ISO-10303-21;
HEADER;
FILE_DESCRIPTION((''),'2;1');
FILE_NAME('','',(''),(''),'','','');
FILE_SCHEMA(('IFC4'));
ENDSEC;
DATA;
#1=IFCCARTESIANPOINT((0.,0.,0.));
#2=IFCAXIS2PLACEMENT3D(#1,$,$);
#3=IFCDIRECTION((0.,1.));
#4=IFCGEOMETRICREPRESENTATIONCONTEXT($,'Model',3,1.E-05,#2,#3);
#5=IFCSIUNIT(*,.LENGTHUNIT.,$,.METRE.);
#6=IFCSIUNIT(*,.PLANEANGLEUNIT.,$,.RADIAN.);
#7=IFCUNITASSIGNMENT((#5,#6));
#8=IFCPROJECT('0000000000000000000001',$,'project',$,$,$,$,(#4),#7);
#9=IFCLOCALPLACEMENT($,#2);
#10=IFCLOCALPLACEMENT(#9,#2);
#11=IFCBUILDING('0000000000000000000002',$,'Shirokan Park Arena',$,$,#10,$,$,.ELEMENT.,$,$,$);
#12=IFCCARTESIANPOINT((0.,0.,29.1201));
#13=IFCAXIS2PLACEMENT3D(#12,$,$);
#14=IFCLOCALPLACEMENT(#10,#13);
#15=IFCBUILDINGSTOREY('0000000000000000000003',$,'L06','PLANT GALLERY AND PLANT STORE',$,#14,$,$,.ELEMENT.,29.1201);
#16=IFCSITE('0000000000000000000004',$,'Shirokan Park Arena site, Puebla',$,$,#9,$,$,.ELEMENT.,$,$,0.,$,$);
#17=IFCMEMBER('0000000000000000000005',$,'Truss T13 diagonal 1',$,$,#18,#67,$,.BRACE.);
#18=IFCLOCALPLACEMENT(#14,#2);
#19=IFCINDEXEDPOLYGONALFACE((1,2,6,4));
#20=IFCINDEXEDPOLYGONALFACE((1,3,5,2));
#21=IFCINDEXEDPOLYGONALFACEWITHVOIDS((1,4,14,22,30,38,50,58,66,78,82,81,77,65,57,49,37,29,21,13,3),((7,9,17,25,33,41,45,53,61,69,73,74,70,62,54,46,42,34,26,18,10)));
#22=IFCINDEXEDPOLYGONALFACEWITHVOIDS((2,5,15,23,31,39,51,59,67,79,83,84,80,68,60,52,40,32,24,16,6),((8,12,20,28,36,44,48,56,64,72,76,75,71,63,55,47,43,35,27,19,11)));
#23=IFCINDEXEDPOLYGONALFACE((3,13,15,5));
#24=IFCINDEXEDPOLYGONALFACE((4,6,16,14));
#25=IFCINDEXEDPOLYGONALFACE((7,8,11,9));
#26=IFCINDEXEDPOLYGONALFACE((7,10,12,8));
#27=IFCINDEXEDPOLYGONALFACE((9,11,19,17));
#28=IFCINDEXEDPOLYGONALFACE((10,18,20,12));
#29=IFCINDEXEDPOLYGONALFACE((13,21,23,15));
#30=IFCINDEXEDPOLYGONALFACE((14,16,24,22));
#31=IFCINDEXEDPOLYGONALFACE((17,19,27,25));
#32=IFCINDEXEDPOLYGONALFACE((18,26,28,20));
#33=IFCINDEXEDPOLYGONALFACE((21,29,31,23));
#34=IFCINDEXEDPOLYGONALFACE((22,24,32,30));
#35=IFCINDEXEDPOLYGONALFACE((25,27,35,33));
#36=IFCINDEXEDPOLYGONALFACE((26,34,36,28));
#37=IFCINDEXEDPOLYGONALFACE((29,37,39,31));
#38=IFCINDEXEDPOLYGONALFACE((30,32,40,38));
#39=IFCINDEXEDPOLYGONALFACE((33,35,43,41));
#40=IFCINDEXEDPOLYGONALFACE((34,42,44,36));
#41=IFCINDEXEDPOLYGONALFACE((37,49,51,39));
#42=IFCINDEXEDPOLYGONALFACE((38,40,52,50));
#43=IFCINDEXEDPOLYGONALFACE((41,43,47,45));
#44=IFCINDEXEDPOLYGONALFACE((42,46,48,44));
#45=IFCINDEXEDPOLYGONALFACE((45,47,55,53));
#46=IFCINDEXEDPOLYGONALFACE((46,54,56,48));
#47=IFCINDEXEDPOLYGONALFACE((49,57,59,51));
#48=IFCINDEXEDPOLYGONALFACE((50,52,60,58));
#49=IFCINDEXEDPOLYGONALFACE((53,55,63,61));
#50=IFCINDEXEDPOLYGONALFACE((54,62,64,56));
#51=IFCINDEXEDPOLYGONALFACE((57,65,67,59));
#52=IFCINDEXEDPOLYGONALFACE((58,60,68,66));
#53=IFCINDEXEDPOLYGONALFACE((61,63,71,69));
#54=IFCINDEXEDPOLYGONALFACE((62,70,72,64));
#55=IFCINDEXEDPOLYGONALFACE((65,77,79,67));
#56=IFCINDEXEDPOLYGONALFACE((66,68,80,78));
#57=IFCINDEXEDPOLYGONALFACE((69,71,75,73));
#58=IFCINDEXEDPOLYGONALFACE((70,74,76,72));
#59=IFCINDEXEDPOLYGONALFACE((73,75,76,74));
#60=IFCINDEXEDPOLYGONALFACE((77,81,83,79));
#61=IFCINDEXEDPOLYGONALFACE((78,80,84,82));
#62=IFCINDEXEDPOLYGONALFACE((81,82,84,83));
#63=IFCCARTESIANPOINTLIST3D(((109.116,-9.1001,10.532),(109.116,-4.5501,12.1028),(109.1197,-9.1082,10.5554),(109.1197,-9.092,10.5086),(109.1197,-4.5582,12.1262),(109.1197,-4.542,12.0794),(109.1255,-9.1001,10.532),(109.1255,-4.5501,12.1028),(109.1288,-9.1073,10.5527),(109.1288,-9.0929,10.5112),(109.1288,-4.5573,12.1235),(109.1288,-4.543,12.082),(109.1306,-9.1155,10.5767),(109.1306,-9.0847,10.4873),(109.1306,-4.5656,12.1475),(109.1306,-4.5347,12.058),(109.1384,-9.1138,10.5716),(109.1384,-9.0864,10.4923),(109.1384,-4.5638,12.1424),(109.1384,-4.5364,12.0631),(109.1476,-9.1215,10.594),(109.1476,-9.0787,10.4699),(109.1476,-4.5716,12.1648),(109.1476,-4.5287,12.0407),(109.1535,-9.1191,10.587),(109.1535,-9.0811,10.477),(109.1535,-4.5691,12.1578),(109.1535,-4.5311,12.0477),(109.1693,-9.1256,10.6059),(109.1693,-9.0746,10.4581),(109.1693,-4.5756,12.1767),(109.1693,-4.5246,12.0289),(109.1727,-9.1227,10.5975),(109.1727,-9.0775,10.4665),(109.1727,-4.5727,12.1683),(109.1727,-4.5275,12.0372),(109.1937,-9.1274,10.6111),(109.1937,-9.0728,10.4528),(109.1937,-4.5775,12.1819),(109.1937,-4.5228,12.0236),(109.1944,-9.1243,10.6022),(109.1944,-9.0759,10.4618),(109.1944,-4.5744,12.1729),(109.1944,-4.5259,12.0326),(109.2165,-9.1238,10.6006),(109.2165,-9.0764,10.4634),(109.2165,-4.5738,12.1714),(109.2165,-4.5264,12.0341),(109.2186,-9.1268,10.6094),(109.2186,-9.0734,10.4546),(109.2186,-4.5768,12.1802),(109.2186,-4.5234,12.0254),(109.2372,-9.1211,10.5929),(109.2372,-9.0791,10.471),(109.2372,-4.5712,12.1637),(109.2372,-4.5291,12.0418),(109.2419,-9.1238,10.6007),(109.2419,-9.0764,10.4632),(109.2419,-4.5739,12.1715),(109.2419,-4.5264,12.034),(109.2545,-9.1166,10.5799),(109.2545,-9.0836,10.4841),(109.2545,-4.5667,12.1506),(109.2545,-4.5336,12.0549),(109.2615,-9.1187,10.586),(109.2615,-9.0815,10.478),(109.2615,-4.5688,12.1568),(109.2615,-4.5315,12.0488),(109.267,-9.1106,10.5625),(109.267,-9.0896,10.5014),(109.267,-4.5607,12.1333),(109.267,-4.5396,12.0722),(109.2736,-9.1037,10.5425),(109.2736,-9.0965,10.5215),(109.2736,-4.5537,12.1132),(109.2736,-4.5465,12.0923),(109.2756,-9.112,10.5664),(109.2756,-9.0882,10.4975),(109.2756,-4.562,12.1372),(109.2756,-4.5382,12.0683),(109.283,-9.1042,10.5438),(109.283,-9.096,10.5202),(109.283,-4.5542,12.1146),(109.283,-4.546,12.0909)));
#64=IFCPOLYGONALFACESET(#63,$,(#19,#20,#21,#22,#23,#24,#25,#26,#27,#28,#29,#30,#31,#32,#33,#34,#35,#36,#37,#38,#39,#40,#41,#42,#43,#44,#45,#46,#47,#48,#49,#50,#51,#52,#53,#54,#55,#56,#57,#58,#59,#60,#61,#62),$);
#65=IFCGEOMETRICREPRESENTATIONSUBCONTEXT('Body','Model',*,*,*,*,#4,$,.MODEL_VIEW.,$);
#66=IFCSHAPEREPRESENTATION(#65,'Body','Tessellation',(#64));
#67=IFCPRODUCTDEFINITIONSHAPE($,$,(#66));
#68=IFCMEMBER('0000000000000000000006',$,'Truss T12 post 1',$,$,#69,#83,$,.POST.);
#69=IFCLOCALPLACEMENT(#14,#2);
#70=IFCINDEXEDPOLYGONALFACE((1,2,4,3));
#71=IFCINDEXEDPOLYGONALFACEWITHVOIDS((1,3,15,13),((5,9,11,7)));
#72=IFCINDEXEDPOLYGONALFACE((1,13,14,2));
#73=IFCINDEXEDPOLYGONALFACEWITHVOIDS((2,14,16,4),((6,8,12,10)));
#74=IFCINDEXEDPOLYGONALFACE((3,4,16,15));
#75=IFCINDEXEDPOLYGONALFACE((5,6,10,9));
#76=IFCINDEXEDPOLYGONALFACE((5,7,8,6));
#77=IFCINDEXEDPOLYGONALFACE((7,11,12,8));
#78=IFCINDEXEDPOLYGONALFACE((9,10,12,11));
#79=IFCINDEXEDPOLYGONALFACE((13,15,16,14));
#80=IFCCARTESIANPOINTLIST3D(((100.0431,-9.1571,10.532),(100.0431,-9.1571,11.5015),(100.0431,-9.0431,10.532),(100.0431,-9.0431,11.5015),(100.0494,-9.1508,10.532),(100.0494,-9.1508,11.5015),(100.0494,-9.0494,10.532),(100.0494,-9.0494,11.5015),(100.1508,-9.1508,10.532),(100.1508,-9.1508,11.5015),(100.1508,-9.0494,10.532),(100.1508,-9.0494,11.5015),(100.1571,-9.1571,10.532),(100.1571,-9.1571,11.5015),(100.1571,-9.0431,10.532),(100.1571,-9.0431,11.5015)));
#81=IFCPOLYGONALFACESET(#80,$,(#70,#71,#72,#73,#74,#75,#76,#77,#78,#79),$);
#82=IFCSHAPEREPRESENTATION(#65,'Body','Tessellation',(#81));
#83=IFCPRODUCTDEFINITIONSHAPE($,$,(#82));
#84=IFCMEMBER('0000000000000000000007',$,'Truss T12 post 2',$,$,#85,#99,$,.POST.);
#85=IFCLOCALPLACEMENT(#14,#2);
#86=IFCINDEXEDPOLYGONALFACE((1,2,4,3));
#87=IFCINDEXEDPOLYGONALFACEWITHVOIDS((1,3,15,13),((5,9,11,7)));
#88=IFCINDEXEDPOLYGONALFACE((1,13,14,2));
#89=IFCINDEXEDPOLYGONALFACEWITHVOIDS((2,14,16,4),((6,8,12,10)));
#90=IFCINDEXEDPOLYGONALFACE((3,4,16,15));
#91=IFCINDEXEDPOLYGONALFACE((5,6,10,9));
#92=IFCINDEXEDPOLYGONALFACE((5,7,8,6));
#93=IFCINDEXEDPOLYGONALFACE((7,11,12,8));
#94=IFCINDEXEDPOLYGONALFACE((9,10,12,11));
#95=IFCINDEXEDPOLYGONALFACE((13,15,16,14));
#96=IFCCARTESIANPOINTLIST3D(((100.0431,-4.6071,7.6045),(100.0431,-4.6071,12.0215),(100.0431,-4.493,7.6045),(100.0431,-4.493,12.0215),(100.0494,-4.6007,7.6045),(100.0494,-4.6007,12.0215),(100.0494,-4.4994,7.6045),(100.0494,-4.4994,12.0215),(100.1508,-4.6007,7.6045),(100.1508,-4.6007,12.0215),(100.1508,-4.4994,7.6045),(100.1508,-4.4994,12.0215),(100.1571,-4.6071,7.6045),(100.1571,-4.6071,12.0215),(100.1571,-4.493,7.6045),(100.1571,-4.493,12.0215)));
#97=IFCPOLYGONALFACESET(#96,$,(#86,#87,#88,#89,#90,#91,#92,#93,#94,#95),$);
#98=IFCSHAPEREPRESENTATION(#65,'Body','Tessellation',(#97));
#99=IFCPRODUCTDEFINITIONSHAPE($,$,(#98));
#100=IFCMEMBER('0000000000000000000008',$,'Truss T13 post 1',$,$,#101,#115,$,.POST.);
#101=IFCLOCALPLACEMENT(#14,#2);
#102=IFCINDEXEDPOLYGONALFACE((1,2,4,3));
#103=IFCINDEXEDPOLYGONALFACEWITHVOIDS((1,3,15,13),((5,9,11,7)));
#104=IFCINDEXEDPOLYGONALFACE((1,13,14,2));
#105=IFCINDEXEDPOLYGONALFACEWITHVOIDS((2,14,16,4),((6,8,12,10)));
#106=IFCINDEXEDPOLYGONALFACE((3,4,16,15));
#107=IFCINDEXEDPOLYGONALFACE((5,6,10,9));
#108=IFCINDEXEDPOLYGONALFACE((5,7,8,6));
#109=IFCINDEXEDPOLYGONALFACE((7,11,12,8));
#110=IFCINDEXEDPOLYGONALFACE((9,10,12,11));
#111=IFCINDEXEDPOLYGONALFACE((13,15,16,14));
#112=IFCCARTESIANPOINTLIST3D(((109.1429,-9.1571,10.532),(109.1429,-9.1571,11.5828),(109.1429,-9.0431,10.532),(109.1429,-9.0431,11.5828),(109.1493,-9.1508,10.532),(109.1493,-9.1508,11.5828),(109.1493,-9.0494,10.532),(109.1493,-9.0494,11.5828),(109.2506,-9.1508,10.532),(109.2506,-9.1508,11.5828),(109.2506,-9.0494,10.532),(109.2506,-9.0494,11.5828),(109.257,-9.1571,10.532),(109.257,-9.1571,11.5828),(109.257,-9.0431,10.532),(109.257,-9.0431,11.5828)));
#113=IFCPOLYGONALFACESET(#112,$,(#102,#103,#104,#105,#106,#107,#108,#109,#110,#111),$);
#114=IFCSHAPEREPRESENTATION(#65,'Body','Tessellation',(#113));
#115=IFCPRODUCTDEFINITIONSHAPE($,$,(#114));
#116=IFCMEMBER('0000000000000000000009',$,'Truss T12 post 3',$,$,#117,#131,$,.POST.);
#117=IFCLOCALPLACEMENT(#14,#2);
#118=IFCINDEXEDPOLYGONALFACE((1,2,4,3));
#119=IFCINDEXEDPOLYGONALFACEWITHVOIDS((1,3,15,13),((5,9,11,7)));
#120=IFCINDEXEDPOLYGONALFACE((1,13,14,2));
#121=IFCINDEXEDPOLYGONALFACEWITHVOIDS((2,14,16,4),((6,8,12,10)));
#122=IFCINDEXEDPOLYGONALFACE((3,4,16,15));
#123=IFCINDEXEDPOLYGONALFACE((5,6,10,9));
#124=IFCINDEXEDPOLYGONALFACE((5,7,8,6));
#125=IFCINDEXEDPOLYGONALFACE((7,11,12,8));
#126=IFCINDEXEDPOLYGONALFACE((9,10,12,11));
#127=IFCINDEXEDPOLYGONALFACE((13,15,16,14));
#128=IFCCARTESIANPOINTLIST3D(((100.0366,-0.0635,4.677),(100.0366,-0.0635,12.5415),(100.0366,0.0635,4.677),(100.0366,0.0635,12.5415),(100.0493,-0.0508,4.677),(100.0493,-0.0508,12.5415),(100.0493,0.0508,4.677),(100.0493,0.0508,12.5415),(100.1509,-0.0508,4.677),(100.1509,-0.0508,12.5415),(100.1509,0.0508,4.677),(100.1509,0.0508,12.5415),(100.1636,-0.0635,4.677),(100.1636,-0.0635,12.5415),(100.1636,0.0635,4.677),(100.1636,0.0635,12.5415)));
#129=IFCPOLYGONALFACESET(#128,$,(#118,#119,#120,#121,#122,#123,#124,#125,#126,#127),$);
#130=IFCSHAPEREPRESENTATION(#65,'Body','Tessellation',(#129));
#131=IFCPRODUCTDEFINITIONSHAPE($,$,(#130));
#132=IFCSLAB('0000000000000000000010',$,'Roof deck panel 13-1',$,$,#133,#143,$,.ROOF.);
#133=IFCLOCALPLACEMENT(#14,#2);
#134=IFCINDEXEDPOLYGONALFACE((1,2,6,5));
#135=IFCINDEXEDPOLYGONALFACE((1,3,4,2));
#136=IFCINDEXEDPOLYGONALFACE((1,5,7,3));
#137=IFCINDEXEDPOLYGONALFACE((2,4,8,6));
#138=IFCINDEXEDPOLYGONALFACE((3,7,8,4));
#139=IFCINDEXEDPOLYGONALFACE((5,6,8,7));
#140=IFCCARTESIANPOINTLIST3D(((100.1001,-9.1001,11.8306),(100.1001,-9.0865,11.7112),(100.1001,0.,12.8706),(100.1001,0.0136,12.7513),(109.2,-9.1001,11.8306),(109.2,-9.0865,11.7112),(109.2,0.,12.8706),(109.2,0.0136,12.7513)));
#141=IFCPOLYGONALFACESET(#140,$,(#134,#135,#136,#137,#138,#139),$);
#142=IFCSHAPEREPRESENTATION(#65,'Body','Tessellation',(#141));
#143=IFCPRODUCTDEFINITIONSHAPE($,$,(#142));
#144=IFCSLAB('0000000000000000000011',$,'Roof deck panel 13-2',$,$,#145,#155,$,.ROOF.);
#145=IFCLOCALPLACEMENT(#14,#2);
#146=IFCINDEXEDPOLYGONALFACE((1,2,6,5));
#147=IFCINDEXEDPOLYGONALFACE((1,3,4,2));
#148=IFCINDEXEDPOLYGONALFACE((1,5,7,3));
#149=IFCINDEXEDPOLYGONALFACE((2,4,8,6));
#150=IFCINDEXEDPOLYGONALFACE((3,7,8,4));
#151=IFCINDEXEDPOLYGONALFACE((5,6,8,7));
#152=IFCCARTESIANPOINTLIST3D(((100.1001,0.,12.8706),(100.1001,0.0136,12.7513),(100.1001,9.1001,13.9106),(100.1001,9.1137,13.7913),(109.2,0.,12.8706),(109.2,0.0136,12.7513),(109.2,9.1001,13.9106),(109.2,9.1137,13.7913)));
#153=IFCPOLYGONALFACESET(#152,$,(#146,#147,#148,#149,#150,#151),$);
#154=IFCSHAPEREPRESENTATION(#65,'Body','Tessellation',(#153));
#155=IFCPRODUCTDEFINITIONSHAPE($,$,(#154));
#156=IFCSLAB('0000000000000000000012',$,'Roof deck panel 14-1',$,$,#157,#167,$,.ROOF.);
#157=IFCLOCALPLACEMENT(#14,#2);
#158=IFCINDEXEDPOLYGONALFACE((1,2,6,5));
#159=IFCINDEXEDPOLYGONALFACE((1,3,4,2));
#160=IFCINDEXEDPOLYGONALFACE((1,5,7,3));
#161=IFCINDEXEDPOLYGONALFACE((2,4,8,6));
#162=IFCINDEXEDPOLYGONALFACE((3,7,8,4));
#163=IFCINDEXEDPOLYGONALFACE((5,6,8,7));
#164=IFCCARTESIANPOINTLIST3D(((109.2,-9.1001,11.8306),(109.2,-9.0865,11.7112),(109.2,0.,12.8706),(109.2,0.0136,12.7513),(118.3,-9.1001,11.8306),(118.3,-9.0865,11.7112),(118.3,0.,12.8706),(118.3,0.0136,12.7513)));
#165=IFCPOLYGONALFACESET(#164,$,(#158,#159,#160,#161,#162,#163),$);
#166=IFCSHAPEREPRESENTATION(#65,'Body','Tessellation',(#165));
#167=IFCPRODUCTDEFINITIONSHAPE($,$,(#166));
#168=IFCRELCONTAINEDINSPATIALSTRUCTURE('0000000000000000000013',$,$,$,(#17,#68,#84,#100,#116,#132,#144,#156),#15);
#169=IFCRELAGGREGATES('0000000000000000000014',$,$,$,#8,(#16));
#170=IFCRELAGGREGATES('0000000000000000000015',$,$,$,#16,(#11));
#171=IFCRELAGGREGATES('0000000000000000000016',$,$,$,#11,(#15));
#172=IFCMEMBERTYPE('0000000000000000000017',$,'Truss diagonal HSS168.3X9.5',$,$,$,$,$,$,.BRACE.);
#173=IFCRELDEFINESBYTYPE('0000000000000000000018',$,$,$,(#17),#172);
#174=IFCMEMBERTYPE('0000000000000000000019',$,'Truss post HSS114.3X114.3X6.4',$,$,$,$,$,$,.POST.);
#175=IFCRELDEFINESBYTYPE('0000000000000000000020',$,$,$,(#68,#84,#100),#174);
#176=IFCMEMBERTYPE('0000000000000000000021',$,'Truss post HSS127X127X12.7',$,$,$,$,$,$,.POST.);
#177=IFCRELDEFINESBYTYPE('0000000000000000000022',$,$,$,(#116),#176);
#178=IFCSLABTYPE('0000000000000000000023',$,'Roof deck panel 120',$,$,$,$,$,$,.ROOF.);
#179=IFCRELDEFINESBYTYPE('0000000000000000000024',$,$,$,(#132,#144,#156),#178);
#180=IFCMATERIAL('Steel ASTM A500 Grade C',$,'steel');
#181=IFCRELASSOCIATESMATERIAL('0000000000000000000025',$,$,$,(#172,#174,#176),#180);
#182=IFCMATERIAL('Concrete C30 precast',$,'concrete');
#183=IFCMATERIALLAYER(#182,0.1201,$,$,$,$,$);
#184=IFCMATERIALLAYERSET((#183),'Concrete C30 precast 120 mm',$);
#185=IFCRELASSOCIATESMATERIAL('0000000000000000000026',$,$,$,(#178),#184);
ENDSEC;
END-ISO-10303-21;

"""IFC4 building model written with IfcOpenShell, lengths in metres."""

from ifc_helpers import new_model, si_unit, direction, frame, origin, origin_2d, place, context, subcontext, project, spatial, polyline, hollow_rectangle, hollow_circle, outline, extrude, material, layer, layer_set, material_profile, profile_set, type_object, element, save


model = new_model("IFC4")

# Units and contexts
model_context = context("Model", 3, precision=1e-05, world=origin(), true_north=direction((0.0, 1.0)))
body_context = subcontext(model_context, "Body", "Model", "MODEL_VIEW")
ifc_project = project(units=[si_unit("LENGTHUNIT", "METRE"), si_unit("PLANEANGLEUNIT", "RADIAN")], contexts=[model_context])

# Site, building, storey
site_placement = place(None, origin())
site = spatial("IfcSite", under=ifc_project, at=site_placement, Name="Shirokan Park Arena site, Puebla", CompositionType="ELEMENT", RefElevation=0.0)
building_placement = place(site_placement, origin())
building = spatial("IfcBuilding", under=site, at=building_placement, Name="Shirokan Park Arena", CompositionType="ELEMENT")
storey_placement = place(building_placement, frame((0.0, 0.0, 29.1201)))
storey = spatial("IfcBuildingStorey", under=building, at=storey_placement, Name="L06", Description="PLANT GALLERY AND PLANT STORE", CompositionType="ELEMENT", Elevation=29.1201)

# Shared definitions
ifc_material_1 = material(Name="Steel ASTM A500 Grade C", Category="steel")

# Members
ifc_material_profile_1 = material_profile(ifc_material_1, hollow_circle(Radius=0.084, WallThickness=0.0095, at=origin_2d()), Name="HSS168.3X9.5")
ifc_profile_set_1 = profile_set([ifc_material_profile_1], Name="Steel ASTM A500 Grade C")
member_type_1 = type_object("IfcMemberType", Name="Truss diagonal HSS168.3X9.5", PredefinedType="BRACE", material=ifc_profile_set_1)
member_1_placement = place(storey_placement, frame((109.2, -9.1001, 10.532), z_axis=(0.0, 0.945256, 0.326328), x_axis=(-1.0, 0.0, 0.0)))
element("IfcMember", 1, at=member_1_placement, inside=storey, type_object=member_type_1, Name="Truss T13 diagonal 1", PredefinedType="BRACE", context=body_context, shape_type="SweptSolid", body=[
    extrude(hollow_circle(Radius=0.084, WallThickness=0.0095, at=origin_2d()), origin(), (0.0, 0.0, 1.0), 4.8135),
])
ifc_material_profile_2 = material_profile(ifc_material_1, hollow_rectangle(XDim=0.114, YDim=0.114, WallThickness=0.0063, at=origin_2d()), Name="HSS114.3X114.3X6.4")
ifc_profile_set_2 = profile_set([ifc_material_profile_2], Name="Steel ASTM A500 Grade C")
member_type_2 = type_object("IfcMemberType", Name="Truss post HSS114.3X114.3X6.4", PredefinedType="POST", material=ifc_profile_set_2)
member_2_placement = place(storey_placement, frame((100.1001, -9.1001, 10.532), z_axis=(0.0, 0.0, 1.0), x_axis=(1.0, 0.0, 0.0)))
element("IfcMember", 2, at=member_2_placement, inside=storey, type_object=member_type_2, Name="Truss T12 post 1", PredefinedType="POST", context=body_context, shape_type="SweptSolid", body=[
    extrude(hollow_rectangle(XDim=0.114, YDim=0.114, WallThickness=0.0063, at=origin_2d()), origin(), (0.0, 0.0, 1.0), 0.9695),
])
member_3_placement = place(storey_placement, frame((100.1001, -4.55, 7.6045), z_axis=(0.0, 0.0, 1.0), x_axis=(1.0, 0.0, 0.0)))
element("IfcMember", 3, at=member_3_placement, inside=storey, type_object=member_type_2, Name="Truss T12 post 2", PredefinedType="POST", context=body_context, shape_type="SweptSolid", body=[
    extrude(hollow_rectangle(XDim=0.114, YDim=0.114, WallThickness=0.0063, at=origin_2d()), origin(), (0.0, 0.0, 1.0), 4.417),
])
member_4_placement = place(storey_placement, frame((109.2, -9.1001, 10.532), z_axis=(0.0, 0.0, 1.0), x_axis=(1.0, 0.0, 0.0)))
element("IfcMember", 4, at=member_4_placement, inside=storey, type_object=member_type_2, Name="Truss T13 post 1", PredefinedType="POST", context=body_context, shape_type="SweptSolid", body=[
    extrude(hollow_rectangle(XDim=0.114, YDim=0.114, WallThickness=0.0063, at=origin_2d()), origin(), (0.0, 0.0, 1.0), 1.0508),
])
ifc_material_profile_3 = material_profile(ifc_material_1, hollow_rectangle(XDim=0.127, YDim=0.127, WallThickness=0.0127, at=origin_2d()), Name="HSS127X127X12.7")
ifc_profile_set_3 = profile_set([ifc_material_profile_3], Name="Steel ASTM A500 Grade C")
member_type_3 = type_object("IfcMemberType", Name="Truss post HSS127X127X12.7", PredefinedType="POST", material=ifc_profile_set_3)
member_5_placement = place(storey_placement, frame((100.1001, 0.0, 4.677), z_axis=(0.0, 0.0, 1.0), x_axis=(1.0, 0.0, 0.0)))
element("IfcMember", 5, at=member_5_placement, inside=storey, type_object=member_type_3, Name="Truss T12 post 3", PredefinedType="POST", context=body_context, shape_type="SweptSolid", body=[
    extrude(hollow_rectangle(XDim=0.127, YDim=0.127, WallThickness=0.0127, at=origin_2d()), origin(), (0.0, 0.0, 1.0), 7.8645),
])

# Slabs
ifc_material_2 = material(Name="Concrete C30 precast", Category="concrete")
ifc_layer_1 = layer(ifc_material_2, 0.1201)
ifc_layer_set_1 = layer_set([ifc_layer_1], Name="Concrete C30 precast 120 mm")
slab_type = type_object("IfcSlabType", Name="Roof deck panel 120", PredefinedType="ROOF", material=ifc_layer_set_1)
for number, where, z_axis, x_axis, name in (
    (6, (100.1001, -9.1001, 11.8306), (0.0, -0.11355, 0.993532), (1.0, 0.0, 0.0), "Roof deck panel 13-1"),
    (7, (100.1001, 0.0, 12.8706), (0.0, -0.11355, 0.993532), (1.0, 0.0, 0.0), "Roof deck panel 13-2"),
):
    element("IfcSlab", number, at=place(storey_placement, frame(where, z_axis=z_axis, x_axis=x_axis)), inside=storey, type_object=slab_type, Name=name, PredefinedType="ROOF", context=body_context, shape_type="SweptSolid", body=[
        extrude(outline(polyline([(0.0, 0.0), (9.0999, 0.0), (9.0999, 9.1593), (0.0, 9.1593), (0.0, 0.0)])), origin(), (0.0, 0.0, -1.0), 0.1201),
    ])
slab_placement = place(storey_placement, frame((109.2, -9.1001, 11.8306), z_axis=(0.0, -0.11355, 0.993532), x_axis=(1.0, 0.0, 0.0)))
element("IfcSlab", 8, at=slab_placement, inside=storey, type_object=slab_type, Name="Roof deck panel 14-1", PredefinedType="ROOF", context=body_context, shape_type="SweptSolid", body=[
    extrude(outline(polyline([(0.0, 0.0), (9.1001, 0.0), (9.1001, 9.1593), (0.0, 9.1593), (0.0, 0.0)])), origin(), (0.0, 0.0, -1.0), 0.1201),
])

save(model, "model.ifc")
